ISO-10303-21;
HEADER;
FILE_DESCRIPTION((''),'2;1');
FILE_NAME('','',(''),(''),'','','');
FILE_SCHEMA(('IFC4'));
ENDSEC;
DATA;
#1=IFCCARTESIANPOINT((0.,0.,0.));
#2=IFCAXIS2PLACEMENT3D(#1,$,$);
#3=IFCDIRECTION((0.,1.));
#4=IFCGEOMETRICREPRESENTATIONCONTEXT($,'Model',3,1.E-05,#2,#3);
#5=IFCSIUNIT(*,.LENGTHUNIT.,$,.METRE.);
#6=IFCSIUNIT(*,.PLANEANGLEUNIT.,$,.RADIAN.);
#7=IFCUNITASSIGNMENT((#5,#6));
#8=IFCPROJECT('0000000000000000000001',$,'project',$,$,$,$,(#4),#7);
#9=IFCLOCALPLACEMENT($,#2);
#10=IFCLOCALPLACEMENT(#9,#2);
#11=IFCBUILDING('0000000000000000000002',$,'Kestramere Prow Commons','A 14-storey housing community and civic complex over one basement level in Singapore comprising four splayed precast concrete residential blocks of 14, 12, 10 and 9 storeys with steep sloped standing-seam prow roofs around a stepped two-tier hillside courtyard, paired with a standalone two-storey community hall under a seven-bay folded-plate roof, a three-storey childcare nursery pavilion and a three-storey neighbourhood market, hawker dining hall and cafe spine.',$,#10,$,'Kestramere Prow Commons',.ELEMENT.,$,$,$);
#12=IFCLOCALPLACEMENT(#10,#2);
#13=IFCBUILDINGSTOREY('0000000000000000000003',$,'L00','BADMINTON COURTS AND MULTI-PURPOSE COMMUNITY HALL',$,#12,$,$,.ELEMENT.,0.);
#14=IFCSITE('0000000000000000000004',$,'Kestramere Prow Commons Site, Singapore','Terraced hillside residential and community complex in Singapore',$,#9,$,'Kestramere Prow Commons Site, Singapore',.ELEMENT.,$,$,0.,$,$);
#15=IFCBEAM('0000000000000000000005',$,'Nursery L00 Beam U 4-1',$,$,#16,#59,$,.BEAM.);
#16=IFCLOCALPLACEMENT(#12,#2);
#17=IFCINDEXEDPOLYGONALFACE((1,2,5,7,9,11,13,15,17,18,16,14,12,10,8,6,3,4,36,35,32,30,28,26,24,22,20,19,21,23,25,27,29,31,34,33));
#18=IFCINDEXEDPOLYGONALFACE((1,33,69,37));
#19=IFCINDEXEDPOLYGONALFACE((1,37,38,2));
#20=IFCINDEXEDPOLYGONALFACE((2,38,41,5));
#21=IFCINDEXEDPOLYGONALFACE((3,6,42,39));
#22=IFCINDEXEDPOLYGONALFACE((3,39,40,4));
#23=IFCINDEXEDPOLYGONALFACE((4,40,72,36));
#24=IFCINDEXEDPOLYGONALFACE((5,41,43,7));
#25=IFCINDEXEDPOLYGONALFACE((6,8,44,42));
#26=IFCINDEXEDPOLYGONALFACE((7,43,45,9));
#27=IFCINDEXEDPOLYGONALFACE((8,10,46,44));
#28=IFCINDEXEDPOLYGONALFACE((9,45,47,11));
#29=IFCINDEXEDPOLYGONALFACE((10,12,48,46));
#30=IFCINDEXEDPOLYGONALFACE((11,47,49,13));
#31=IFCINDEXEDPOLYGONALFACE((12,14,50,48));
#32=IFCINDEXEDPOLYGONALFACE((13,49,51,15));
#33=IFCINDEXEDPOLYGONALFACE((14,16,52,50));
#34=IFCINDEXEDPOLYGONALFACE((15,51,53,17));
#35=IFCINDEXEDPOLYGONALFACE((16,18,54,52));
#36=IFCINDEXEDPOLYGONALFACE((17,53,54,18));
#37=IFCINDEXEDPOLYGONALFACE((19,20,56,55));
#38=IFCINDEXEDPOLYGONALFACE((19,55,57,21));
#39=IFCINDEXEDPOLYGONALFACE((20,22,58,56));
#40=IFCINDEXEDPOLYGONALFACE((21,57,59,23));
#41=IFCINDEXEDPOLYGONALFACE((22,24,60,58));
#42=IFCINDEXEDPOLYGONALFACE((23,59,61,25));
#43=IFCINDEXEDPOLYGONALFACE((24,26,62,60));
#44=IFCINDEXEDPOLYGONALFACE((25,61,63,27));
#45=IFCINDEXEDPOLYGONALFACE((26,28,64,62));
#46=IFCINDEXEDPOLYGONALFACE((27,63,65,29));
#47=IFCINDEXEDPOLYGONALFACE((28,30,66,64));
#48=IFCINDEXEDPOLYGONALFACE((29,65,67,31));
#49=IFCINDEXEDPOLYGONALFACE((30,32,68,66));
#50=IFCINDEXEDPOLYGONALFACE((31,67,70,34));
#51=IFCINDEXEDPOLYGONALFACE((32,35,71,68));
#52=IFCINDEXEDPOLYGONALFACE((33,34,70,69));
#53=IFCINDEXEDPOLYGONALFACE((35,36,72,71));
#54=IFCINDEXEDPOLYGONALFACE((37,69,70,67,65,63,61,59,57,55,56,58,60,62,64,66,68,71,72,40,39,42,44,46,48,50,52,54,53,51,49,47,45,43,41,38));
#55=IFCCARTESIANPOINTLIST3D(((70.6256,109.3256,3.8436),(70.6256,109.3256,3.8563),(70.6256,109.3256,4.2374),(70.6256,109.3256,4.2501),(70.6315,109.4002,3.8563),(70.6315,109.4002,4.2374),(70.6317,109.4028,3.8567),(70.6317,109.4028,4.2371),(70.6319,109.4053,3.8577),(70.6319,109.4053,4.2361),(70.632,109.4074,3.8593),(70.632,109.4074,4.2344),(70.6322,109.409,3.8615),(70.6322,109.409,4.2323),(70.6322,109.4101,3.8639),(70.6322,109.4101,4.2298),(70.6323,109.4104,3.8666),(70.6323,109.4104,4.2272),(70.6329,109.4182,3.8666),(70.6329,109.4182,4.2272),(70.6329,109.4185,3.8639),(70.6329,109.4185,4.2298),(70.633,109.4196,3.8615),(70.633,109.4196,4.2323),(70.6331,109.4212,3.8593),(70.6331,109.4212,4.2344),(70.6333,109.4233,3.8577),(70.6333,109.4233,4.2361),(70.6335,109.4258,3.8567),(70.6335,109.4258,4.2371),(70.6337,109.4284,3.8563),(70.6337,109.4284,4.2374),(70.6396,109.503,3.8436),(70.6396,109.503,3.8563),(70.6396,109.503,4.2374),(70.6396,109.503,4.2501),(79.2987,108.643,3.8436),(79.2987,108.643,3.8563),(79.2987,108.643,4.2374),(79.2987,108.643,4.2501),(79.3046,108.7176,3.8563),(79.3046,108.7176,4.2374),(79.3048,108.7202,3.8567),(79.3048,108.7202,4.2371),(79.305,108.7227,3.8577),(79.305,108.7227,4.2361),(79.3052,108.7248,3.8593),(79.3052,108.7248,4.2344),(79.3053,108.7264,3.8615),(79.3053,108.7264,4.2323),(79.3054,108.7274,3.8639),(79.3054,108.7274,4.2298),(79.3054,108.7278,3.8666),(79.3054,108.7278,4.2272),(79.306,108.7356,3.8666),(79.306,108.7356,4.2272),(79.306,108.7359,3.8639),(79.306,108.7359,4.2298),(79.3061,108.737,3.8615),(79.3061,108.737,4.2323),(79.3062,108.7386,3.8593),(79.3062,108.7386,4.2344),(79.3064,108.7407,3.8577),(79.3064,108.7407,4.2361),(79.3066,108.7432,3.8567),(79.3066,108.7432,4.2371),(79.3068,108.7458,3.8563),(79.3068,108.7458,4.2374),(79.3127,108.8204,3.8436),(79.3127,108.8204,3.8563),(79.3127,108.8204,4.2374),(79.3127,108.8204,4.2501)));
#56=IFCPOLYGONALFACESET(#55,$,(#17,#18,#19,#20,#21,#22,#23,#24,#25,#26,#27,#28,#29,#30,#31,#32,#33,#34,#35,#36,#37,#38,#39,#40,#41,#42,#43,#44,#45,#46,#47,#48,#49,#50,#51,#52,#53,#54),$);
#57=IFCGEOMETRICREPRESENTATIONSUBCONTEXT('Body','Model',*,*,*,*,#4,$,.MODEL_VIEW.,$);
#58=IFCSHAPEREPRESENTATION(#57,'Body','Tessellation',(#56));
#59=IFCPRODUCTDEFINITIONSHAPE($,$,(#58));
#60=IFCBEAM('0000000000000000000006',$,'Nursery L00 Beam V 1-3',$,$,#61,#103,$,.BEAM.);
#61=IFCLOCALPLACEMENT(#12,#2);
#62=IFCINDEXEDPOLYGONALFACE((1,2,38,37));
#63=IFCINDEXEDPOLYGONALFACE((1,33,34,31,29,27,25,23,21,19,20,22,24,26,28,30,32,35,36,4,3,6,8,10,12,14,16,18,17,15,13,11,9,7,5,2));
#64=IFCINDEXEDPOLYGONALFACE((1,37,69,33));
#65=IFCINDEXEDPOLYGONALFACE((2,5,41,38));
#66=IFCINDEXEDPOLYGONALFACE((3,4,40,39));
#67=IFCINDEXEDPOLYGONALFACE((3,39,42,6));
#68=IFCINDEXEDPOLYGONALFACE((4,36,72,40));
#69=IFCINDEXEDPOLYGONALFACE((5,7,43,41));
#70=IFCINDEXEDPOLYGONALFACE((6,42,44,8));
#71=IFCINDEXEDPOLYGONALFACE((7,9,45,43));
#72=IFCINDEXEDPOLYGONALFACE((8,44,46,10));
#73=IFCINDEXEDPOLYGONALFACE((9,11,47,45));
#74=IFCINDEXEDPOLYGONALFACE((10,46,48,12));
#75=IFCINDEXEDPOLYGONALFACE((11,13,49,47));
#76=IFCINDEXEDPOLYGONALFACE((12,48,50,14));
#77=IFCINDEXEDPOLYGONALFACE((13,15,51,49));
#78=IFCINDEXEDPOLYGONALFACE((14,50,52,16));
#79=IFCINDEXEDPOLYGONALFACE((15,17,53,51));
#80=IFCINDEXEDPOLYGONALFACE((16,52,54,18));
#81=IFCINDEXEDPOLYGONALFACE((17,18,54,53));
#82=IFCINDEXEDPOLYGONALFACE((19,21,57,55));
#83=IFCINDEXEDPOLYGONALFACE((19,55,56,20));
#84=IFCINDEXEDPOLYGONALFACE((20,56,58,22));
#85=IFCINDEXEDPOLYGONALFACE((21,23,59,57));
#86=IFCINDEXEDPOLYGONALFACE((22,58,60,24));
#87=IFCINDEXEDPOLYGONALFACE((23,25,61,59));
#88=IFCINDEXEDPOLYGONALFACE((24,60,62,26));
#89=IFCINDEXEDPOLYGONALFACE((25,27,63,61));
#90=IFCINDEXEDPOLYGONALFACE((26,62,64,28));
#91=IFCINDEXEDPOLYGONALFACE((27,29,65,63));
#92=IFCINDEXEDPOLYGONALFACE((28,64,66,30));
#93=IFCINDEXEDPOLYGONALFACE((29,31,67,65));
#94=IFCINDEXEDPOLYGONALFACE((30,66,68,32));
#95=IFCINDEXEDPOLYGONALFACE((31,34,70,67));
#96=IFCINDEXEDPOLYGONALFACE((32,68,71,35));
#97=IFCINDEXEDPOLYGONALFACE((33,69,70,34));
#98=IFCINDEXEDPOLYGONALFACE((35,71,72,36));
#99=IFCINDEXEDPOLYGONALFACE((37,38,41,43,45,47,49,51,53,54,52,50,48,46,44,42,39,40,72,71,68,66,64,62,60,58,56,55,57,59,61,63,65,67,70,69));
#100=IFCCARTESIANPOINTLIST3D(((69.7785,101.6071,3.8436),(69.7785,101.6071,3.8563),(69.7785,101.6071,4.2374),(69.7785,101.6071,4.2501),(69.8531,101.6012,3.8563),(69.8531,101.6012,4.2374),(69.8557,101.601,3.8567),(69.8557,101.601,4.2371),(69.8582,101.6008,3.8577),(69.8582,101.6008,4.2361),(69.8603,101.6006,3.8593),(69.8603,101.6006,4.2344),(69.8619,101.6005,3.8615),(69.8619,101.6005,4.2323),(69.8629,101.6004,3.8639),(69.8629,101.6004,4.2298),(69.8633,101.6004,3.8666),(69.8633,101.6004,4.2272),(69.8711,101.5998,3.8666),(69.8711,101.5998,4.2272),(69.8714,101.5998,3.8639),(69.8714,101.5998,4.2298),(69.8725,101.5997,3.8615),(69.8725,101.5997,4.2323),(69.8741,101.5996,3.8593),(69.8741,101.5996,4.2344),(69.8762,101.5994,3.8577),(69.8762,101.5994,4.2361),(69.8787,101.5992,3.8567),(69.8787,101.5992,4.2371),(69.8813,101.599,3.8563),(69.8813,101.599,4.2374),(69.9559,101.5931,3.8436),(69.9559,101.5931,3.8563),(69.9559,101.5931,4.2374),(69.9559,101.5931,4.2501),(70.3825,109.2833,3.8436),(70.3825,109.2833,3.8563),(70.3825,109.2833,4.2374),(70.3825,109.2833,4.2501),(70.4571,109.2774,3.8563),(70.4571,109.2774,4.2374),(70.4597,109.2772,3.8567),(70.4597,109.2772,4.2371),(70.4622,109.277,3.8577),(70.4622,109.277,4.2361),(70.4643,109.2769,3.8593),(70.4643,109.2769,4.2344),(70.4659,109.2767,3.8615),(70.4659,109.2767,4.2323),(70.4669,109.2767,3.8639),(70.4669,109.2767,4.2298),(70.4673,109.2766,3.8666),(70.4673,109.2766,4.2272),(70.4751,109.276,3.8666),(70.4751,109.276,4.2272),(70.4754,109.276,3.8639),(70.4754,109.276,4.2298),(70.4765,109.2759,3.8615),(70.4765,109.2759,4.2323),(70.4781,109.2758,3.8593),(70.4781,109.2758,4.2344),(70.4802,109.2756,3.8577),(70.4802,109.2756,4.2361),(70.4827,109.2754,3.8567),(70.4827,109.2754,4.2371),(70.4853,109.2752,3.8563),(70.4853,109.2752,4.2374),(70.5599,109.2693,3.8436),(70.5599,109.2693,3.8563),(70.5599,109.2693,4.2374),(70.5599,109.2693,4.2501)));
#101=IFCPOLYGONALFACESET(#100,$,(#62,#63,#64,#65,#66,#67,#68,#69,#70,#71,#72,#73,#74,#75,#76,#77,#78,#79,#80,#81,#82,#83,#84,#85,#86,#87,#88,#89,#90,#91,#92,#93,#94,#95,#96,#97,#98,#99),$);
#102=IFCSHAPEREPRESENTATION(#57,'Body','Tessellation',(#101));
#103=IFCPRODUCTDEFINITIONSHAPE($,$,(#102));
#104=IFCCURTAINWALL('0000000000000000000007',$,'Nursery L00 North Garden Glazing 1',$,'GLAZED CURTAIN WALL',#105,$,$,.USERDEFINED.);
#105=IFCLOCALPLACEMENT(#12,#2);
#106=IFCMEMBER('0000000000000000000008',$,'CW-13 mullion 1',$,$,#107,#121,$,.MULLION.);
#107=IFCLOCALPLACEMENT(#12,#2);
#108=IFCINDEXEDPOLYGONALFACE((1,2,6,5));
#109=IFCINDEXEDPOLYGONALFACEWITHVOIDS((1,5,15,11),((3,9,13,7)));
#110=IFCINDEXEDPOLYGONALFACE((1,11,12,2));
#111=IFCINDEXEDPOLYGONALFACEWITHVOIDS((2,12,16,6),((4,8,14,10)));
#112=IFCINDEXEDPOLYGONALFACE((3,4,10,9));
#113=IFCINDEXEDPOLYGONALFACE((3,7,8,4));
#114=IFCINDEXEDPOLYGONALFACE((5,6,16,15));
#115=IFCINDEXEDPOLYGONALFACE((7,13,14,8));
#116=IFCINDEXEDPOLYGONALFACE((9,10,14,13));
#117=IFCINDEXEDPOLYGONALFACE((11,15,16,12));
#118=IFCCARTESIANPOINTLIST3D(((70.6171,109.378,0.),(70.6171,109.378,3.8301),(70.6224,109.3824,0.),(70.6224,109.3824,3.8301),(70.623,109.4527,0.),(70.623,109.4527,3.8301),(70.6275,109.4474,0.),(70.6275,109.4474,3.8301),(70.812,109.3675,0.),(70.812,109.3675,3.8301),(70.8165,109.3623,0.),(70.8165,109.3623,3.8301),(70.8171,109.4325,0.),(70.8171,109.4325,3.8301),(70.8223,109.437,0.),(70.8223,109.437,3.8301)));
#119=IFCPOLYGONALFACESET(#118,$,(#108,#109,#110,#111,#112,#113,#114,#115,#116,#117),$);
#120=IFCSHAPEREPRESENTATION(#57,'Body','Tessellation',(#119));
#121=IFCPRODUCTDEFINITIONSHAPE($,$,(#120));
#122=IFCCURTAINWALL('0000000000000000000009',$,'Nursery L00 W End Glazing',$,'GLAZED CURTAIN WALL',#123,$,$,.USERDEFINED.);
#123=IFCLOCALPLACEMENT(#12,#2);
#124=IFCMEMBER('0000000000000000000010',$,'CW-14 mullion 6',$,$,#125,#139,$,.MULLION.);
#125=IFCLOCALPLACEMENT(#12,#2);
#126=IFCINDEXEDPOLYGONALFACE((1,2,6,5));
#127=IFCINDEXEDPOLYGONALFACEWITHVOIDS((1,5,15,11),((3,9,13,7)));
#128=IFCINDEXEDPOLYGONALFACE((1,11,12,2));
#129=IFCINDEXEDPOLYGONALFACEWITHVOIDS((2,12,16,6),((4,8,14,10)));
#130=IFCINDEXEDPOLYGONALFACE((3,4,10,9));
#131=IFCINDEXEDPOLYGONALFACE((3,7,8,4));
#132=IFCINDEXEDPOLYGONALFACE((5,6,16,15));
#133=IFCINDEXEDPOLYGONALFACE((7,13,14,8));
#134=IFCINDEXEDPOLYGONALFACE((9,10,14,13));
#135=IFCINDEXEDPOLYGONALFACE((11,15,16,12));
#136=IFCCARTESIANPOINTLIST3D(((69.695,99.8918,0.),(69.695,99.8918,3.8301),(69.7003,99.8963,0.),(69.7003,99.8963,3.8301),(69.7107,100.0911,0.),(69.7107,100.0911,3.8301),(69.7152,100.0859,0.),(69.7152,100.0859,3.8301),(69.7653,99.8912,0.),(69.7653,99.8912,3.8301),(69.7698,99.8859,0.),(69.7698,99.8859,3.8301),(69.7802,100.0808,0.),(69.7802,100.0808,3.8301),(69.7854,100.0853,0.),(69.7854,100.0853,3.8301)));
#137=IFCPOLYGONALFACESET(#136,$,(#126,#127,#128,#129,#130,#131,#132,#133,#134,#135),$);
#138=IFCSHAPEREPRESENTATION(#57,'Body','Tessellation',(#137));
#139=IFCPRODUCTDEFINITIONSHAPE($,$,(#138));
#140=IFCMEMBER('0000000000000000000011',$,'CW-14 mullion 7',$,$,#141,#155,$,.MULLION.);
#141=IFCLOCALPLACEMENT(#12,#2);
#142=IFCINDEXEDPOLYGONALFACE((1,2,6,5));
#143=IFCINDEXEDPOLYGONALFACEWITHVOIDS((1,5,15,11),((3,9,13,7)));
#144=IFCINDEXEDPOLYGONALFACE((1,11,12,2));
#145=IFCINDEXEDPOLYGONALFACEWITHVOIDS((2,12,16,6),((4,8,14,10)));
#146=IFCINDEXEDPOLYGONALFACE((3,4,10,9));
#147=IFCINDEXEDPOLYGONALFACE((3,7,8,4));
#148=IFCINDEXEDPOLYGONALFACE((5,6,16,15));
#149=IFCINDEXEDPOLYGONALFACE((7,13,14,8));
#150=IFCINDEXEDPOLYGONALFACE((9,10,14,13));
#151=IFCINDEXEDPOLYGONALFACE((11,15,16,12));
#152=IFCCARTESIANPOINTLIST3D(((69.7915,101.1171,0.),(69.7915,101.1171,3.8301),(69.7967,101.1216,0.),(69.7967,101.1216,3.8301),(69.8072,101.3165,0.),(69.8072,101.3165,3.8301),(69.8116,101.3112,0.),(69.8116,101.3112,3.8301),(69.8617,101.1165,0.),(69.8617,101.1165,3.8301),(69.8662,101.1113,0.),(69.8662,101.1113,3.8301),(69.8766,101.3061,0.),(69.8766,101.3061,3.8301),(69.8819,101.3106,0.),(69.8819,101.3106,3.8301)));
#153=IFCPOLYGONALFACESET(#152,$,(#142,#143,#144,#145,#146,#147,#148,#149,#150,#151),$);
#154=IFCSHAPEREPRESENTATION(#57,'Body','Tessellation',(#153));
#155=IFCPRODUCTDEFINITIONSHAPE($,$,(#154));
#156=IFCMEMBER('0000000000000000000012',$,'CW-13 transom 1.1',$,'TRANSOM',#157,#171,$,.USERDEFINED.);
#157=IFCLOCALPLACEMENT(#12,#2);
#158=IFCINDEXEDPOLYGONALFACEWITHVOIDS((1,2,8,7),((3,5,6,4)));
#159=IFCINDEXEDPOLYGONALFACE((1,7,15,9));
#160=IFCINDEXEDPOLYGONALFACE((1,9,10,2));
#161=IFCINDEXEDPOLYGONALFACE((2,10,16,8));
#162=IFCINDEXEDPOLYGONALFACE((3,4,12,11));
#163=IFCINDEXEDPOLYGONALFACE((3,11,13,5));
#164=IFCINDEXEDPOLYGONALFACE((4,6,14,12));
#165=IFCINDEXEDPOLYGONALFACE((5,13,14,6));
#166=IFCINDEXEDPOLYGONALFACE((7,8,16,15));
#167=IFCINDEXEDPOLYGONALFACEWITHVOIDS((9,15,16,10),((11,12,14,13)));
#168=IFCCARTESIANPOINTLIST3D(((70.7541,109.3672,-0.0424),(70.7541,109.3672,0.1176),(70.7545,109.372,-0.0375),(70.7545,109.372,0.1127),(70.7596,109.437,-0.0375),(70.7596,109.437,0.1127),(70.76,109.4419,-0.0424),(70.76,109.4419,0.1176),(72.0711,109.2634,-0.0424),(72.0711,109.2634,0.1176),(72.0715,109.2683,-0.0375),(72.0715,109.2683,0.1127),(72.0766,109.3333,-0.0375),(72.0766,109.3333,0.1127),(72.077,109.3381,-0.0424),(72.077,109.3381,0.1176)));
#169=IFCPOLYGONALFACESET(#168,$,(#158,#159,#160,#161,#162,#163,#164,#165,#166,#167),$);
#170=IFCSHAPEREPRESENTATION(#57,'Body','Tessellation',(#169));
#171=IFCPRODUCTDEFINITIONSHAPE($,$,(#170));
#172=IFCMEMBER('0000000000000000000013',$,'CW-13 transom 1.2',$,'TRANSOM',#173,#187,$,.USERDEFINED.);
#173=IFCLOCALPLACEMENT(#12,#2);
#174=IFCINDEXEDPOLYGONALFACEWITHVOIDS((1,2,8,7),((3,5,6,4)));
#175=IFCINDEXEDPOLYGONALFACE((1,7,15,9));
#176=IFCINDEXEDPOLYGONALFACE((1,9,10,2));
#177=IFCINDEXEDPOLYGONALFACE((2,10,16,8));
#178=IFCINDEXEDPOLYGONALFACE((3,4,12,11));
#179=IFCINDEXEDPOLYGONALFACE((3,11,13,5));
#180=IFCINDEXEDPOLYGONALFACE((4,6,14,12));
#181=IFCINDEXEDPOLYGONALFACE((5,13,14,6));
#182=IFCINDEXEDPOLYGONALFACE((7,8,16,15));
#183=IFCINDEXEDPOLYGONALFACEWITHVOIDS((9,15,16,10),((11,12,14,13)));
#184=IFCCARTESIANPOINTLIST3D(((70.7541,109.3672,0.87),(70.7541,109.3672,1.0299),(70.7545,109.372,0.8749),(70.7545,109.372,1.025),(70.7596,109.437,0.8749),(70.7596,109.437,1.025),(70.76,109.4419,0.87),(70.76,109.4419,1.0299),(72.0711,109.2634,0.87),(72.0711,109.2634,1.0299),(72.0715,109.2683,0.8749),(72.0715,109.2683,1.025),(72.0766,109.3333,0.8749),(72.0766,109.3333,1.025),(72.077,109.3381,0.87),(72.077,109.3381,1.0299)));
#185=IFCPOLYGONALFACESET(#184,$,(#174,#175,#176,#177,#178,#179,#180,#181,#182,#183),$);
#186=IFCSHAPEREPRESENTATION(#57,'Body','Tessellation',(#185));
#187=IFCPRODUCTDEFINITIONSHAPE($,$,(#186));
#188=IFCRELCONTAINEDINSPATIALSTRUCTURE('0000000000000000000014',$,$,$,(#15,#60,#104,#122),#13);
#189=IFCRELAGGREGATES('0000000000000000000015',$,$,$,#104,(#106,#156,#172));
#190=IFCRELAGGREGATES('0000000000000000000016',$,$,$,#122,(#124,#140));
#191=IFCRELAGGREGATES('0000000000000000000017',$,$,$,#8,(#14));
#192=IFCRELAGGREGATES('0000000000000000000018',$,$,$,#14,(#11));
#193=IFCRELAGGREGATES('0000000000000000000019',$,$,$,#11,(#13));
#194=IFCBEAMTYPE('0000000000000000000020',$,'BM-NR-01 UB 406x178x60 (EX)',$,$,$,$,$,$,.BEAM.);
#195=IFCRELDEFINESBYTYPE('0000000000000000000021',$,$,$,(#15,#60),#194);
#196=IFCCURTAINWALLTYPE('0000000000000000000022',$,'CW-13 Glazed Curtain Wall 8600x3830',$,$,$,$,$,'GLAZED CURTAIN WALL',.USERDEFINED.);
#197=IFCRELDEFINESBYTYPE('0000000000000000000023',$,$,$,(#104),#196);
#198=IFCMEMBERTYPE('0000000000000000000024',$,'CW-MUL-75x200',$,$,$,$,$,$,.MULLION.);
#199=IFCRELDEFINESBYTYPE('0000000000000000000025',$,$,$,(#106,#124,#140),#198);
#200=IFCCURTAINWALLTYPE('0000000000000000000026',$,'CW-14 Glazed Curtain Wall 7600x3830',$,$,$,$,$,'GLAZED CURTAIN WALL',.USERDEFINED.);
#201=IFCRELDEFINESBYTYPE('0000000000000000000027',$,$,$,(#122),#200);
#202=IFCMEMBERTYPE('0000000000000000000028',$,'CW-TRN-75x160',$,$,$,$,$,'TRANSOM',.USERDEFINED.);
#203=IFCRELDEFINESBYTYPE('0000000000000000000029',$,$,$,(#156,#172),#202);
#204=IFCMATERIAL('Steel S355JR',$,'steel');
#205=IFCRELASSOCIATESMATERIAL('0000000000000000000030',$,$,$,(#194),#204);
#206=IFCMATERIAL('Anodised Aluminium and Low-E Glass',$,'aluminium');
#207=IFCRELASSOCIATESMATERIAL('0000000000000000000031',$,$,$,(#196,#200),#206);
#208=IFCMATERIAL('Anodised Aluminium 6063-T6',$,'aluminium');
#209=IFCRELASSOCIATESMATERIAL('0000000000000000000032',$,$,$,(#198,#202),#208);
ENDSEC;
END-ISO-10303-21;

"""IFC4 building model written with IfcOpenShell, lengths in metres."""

from ifc_helpers import new_model, si_unit, direction, frame, origin, origin_2d, place, context, subcontext, project, spatial, hollow_rectangle, i_section, extrude, material, material_profile, profile_set, type_object, element, aggregate, save


model = new_model("IFC4")

# Units and contexts
model_context = context("Model", 3, precision=1e-05, world=origin(), true_north=direction((0.0, 1.0)))
body_context = subcontext(model_context, "Body", "Model", "MODEL_VIEW")
ifc_project = project(units=[si_unit("LENGTHUNIT", "METRE"), si_unit("PLANEANGLEUNIT", "RADIAN")], contexts=[model_context])

# Site, building, storey
site_placement = place(None, origin())
site = spatial("IfcSite", under=ifc_project, at=site_placement, Name="Kestramere Prow Commons Site, Singapore", Description="Terraced hillside residential and community complex in Singapore", LongName="Kestramere Prow Commons Site, Singapore", CompositionType="ELEMENT", RefElevation=0.0)
building_placement = place(site_placement, origin())
building = spatial("IfcBuilding", under=site, at=building_placement, Name="Kestramere Prow Commons", Description="A 14-storey housing community and civic complex over one basement level in Singapore comprising four splayed precast concrete residential blocks of 14, 12, 10 and 9 storeys with steep sloped standing-seam prow roofs around a stepped two-tier hillside courtyard, paired with a standalone two-storey community hall under a seven-bay folded-plate roof, a three-storey childcare nursery pavilion and a three-storey neighbourhood market, hawker dining hall and cafe spine.", LongName="Kestramere Prow Commons", CompositionType="ELEMENT")
storey_placement = place(building_placement, origin())
storey = spatial("IfcBuildingStorey", under=building, at=storey_placement, Name="L00", Description="BADMINTON COURTS AND MULTI-PURPOSE COMMUNITY HALL", CompositionType="ELEMENT", Elevation=0.0)

# Shared definitions
ifc_material_1 = material(Name="Steel S355JR", Category="steel")

# Beams
ifc_material_profile_1 = material_profile(ifc_material_1, i_section(OverallWidth=0.178, OverallDepth=0.4065, WebThickness=0.0078, FlangeThickness=0.0127, FilletRadius=0.0103, at=origin_2d()), Name="UB 406x178x60")
ifc_profile_set_1 = profile_set([ifc_material_profile_1], Name="Steel S355JR")
beam_type_1 = type_object("IfcBeamType", Name="BM-NR-01 UB 406x178x60 (EX)", PredefinedType="BEAM", material=ifc_profile_set_1)
beam_1_placement = place(storey_placement, frame((70.6326, 109.4143, 4.0469), z_axis=(0.996917, -0.078462, 0.0), x_axis=(0.078462, 0.996917, 0.0)))
element("IfcBeam", 1, at=beam_1_placement, inside=storey, type_object=beam_type_1, Name="Nursery L00 Beam U 4-1", PredefinedType="BEAM", context=body_context, shape_type="SweptSolid", body=[
    extrude(i_section(OverallWidth=0.178, OverallDepth=0.4065, WebThickness=0.0078, FlangeThickness=0.0127, FilletRadius=0.0103, at=origin_2d()), origin(), (0.0, 0.0, 1.0), 8.7),
])
beam_2_placement = place(storey_placement, frame((69.8672, 101.6001, 4.0469), z_axis=(0.078442, 0.996919, 0.0), x_axis=(-0.996919, 0.078442, 0.0)))
element("IfcBeam", 2, at=beam_2_placement, inside=storey, type_object=beam_type_1, Name="Nursery L00 Beam V 1-3", PredefinedType="BEAM", context=body_context, shape_type="SweptSolid", body=[
    extrude(i_section(OverallWidth=0.178, OverallDepth=0.4065, WebThickness=0.0078, FlangeThickness=0.0127, FilletRadius=0.0103, at=origin_2d()), origin(), (0.0, 0.0, 1.0), 7.7),
])

# Curtain wall, member
ifc_material_2 = material(Name="Anodised Aluminium and Low-E Glass", Category="aluminium")
curtain_wall_type_1 = type_object("IfcCurtainWallType", Name="CW-13 Glazed Curtain Wall 8600x3830", ElementType="GLAZED CURTAIN WALL", PredefinedType="USERDEFINED", material=ifc_material_2)
curtain_wall_1_placement = place(storey_placement, origin())
curtain_wall_1 = element("IfcCurtainWall", 3, at=curtain_wall_1_placement, inside=storey, type_object=curtain_wall_type_1, Name="Nursery L00 North Garden Glazing 1", ObjectType="GLAZED CURTAIN WALL", PredefinedType="USERDEFINED")
ifc_material_3 = material(Name="Anodised Aluminium 6063-T6", Category="aluminium")
ifc_material_profile_2 = material_profile(ifc_material_3, hollow_rectangle(XDim=0.075, YDim=0.2, WallThickness=0.0049, at=origin_2d()), Name="ALU-MUL 75x200")
ifc_profile_set_2 = profile_set([ifc_material_profile_2], Name="Anodised Aluminium 6063-T6")
member_type_1 = type_object("IfcMemberType", Name="CW-MUL-75x200", PredefinedType="MULLION", material=ifc_profile_set_2)
member_1_placement = place(storey_placement, frame((70.7197, 109.4075, 0.0), z_axis=(0.0, 0.0, 1.0), x_axis=(0.078459, 0.996917, 0.0)))
member_1 = element("IfcMember", 4, at=member_1_placement, type_object=member_type_1, Name="CW-13 mullion 1", PredefinedType="MULLION", context=body_context, shape_type="SweptSolid", body=[
    extrude(hollow_rectangle(XDim=0.075, YDim=0.2, WallThickness=0.0049, at=origin_2d()), origin(), (0.0, 0.0, 1.0), 3.8301),
])

# Curtain wall, members
curtain_wall_type_2 = type_object("IfcCurtainWallType", Name="CW-14 Glazed Curtain Wall 7600x3830", ElementType="GLAZED CURTAIN WALL", PredefinedType="USERDEFINED", material=ifc_material_2)
curtain_wall_2_placement = place(storey_placement, origin())
curtain_wall_2 = element("IfcCurtainWall", 5, at=curtain_wall_2_placement, inside=storey, type_object=curtain_wall_type_2, Name="Nursery L00 W End Glazing", ObjectType="GLAZED CURTAIN WALL", PredefinedType="USERDEFINED")
member_2_placement = place(storey_placement, frame((69.7402, 99.9885, 0.0), z_axis=(0.0, 0.0, 1.0), x_axis=(-0.996917, 0.078459, 0.0)))
member_2 = element("IfcMember", 6, at=member_2_placement, type_object=member_type_1, Name="CW-14 mullion 6", PredefinedType="MULLION", context=body_context, shape_type="SweptSolid", body=[
    extrude(hollow_rectangle(XDim=0.075, YDim=0.2, WallThickness=0.0049, at=origin_2d()), origin(), (0.0, 0.0, 1.0), 3.8301),
])
member_3_placement = place(storey_placement, frame((69.8367, 101.2139, 0.0), z_axis=(0.0, 0.0, 1.0), x_axis=(-0.996917, 0.078459, 0.0)))
member_3 = element("IfcMember", 7, at=member_3_placement, type_object=member_type_1, Name="CW-14 mullion 7", PredefinedType="MULLION", context=body_context, shape_type="SweptSolid", body=[
    extrude(hollow_rectangle(XDim=0.075, YDim=0.2, WallThickness=0.0049, at=origin_2d()), origin(), (0.0, 0.0, 1.0), 3.8301),
])

# Members
ifc_material_profile_3 = material_profile(ifc_material_3, hollow_rectangle(XDim=0.075, YDim=0.1599, WallThickness=0.0049, at=origin_2d()), Name="ALU-TRN 75x160")
ifc_profile_set_3 = profile_set([ifc_material_profile_3], Name="Anodised Aluminium 6063-T6")
member_type_2 = type_object("IfcMemberType", Name="CW-TRN-75x160", ElementType="TRANSOM", PredefinedType="USERDEFINED", material=ifc_profile_set_3)
member_4_placement = place(storey_placement, frame((70.7571, 109.4045, 0.0376), z_axis=(0.99691, -0.078548, 0.0), x_axis=(0.078548, 0.99691, 0.0)))
member_4 = element("IfcMember", 8, at=member_4_placement, type_object=member_type_2, Name="CW-13 transom 1.1", ObjectType="TRANSOM", PredefinedType="USERDEFINED", context=body_context, shape_type="SweptSolid", body=[
    extrude(hollow_rectangle(XDim=0.075, YDim=0.1599, WallThickness=0.0049, at=origin_2d()), origin(), (0.0, 0.0, 1.0), 1.321),
])
member_5_placement = place(storey_placement, frame((70.7571, 109.4045, 0.95), z_axis=(0.99691, -0.078548, 0.0), x_axis=(0.078548, 0.99691, 0.0)))
member_5 = element("IfcMember", 9, at=member_5_placement, type_object=member_type_2, Name="CW-13 transom 1.2", ObjectType="TRANSOM", PredefinedType="USERDEFINED", context=body_context, shape_type="SweptSolid", body=[
    extrude(hollow_rectangle(XDim=0.075, YDim=0.1599, WallThickness=0.0049, at=origin_2d()), origin(), (0.0, 0.0, 1.0), 1.321),
])
aggregate(curtain_wall_1, [member_1, member_4, member_5])

aggregate(curtain_wall_2, [member_2, member_3])

save(model, "model.ifc")
